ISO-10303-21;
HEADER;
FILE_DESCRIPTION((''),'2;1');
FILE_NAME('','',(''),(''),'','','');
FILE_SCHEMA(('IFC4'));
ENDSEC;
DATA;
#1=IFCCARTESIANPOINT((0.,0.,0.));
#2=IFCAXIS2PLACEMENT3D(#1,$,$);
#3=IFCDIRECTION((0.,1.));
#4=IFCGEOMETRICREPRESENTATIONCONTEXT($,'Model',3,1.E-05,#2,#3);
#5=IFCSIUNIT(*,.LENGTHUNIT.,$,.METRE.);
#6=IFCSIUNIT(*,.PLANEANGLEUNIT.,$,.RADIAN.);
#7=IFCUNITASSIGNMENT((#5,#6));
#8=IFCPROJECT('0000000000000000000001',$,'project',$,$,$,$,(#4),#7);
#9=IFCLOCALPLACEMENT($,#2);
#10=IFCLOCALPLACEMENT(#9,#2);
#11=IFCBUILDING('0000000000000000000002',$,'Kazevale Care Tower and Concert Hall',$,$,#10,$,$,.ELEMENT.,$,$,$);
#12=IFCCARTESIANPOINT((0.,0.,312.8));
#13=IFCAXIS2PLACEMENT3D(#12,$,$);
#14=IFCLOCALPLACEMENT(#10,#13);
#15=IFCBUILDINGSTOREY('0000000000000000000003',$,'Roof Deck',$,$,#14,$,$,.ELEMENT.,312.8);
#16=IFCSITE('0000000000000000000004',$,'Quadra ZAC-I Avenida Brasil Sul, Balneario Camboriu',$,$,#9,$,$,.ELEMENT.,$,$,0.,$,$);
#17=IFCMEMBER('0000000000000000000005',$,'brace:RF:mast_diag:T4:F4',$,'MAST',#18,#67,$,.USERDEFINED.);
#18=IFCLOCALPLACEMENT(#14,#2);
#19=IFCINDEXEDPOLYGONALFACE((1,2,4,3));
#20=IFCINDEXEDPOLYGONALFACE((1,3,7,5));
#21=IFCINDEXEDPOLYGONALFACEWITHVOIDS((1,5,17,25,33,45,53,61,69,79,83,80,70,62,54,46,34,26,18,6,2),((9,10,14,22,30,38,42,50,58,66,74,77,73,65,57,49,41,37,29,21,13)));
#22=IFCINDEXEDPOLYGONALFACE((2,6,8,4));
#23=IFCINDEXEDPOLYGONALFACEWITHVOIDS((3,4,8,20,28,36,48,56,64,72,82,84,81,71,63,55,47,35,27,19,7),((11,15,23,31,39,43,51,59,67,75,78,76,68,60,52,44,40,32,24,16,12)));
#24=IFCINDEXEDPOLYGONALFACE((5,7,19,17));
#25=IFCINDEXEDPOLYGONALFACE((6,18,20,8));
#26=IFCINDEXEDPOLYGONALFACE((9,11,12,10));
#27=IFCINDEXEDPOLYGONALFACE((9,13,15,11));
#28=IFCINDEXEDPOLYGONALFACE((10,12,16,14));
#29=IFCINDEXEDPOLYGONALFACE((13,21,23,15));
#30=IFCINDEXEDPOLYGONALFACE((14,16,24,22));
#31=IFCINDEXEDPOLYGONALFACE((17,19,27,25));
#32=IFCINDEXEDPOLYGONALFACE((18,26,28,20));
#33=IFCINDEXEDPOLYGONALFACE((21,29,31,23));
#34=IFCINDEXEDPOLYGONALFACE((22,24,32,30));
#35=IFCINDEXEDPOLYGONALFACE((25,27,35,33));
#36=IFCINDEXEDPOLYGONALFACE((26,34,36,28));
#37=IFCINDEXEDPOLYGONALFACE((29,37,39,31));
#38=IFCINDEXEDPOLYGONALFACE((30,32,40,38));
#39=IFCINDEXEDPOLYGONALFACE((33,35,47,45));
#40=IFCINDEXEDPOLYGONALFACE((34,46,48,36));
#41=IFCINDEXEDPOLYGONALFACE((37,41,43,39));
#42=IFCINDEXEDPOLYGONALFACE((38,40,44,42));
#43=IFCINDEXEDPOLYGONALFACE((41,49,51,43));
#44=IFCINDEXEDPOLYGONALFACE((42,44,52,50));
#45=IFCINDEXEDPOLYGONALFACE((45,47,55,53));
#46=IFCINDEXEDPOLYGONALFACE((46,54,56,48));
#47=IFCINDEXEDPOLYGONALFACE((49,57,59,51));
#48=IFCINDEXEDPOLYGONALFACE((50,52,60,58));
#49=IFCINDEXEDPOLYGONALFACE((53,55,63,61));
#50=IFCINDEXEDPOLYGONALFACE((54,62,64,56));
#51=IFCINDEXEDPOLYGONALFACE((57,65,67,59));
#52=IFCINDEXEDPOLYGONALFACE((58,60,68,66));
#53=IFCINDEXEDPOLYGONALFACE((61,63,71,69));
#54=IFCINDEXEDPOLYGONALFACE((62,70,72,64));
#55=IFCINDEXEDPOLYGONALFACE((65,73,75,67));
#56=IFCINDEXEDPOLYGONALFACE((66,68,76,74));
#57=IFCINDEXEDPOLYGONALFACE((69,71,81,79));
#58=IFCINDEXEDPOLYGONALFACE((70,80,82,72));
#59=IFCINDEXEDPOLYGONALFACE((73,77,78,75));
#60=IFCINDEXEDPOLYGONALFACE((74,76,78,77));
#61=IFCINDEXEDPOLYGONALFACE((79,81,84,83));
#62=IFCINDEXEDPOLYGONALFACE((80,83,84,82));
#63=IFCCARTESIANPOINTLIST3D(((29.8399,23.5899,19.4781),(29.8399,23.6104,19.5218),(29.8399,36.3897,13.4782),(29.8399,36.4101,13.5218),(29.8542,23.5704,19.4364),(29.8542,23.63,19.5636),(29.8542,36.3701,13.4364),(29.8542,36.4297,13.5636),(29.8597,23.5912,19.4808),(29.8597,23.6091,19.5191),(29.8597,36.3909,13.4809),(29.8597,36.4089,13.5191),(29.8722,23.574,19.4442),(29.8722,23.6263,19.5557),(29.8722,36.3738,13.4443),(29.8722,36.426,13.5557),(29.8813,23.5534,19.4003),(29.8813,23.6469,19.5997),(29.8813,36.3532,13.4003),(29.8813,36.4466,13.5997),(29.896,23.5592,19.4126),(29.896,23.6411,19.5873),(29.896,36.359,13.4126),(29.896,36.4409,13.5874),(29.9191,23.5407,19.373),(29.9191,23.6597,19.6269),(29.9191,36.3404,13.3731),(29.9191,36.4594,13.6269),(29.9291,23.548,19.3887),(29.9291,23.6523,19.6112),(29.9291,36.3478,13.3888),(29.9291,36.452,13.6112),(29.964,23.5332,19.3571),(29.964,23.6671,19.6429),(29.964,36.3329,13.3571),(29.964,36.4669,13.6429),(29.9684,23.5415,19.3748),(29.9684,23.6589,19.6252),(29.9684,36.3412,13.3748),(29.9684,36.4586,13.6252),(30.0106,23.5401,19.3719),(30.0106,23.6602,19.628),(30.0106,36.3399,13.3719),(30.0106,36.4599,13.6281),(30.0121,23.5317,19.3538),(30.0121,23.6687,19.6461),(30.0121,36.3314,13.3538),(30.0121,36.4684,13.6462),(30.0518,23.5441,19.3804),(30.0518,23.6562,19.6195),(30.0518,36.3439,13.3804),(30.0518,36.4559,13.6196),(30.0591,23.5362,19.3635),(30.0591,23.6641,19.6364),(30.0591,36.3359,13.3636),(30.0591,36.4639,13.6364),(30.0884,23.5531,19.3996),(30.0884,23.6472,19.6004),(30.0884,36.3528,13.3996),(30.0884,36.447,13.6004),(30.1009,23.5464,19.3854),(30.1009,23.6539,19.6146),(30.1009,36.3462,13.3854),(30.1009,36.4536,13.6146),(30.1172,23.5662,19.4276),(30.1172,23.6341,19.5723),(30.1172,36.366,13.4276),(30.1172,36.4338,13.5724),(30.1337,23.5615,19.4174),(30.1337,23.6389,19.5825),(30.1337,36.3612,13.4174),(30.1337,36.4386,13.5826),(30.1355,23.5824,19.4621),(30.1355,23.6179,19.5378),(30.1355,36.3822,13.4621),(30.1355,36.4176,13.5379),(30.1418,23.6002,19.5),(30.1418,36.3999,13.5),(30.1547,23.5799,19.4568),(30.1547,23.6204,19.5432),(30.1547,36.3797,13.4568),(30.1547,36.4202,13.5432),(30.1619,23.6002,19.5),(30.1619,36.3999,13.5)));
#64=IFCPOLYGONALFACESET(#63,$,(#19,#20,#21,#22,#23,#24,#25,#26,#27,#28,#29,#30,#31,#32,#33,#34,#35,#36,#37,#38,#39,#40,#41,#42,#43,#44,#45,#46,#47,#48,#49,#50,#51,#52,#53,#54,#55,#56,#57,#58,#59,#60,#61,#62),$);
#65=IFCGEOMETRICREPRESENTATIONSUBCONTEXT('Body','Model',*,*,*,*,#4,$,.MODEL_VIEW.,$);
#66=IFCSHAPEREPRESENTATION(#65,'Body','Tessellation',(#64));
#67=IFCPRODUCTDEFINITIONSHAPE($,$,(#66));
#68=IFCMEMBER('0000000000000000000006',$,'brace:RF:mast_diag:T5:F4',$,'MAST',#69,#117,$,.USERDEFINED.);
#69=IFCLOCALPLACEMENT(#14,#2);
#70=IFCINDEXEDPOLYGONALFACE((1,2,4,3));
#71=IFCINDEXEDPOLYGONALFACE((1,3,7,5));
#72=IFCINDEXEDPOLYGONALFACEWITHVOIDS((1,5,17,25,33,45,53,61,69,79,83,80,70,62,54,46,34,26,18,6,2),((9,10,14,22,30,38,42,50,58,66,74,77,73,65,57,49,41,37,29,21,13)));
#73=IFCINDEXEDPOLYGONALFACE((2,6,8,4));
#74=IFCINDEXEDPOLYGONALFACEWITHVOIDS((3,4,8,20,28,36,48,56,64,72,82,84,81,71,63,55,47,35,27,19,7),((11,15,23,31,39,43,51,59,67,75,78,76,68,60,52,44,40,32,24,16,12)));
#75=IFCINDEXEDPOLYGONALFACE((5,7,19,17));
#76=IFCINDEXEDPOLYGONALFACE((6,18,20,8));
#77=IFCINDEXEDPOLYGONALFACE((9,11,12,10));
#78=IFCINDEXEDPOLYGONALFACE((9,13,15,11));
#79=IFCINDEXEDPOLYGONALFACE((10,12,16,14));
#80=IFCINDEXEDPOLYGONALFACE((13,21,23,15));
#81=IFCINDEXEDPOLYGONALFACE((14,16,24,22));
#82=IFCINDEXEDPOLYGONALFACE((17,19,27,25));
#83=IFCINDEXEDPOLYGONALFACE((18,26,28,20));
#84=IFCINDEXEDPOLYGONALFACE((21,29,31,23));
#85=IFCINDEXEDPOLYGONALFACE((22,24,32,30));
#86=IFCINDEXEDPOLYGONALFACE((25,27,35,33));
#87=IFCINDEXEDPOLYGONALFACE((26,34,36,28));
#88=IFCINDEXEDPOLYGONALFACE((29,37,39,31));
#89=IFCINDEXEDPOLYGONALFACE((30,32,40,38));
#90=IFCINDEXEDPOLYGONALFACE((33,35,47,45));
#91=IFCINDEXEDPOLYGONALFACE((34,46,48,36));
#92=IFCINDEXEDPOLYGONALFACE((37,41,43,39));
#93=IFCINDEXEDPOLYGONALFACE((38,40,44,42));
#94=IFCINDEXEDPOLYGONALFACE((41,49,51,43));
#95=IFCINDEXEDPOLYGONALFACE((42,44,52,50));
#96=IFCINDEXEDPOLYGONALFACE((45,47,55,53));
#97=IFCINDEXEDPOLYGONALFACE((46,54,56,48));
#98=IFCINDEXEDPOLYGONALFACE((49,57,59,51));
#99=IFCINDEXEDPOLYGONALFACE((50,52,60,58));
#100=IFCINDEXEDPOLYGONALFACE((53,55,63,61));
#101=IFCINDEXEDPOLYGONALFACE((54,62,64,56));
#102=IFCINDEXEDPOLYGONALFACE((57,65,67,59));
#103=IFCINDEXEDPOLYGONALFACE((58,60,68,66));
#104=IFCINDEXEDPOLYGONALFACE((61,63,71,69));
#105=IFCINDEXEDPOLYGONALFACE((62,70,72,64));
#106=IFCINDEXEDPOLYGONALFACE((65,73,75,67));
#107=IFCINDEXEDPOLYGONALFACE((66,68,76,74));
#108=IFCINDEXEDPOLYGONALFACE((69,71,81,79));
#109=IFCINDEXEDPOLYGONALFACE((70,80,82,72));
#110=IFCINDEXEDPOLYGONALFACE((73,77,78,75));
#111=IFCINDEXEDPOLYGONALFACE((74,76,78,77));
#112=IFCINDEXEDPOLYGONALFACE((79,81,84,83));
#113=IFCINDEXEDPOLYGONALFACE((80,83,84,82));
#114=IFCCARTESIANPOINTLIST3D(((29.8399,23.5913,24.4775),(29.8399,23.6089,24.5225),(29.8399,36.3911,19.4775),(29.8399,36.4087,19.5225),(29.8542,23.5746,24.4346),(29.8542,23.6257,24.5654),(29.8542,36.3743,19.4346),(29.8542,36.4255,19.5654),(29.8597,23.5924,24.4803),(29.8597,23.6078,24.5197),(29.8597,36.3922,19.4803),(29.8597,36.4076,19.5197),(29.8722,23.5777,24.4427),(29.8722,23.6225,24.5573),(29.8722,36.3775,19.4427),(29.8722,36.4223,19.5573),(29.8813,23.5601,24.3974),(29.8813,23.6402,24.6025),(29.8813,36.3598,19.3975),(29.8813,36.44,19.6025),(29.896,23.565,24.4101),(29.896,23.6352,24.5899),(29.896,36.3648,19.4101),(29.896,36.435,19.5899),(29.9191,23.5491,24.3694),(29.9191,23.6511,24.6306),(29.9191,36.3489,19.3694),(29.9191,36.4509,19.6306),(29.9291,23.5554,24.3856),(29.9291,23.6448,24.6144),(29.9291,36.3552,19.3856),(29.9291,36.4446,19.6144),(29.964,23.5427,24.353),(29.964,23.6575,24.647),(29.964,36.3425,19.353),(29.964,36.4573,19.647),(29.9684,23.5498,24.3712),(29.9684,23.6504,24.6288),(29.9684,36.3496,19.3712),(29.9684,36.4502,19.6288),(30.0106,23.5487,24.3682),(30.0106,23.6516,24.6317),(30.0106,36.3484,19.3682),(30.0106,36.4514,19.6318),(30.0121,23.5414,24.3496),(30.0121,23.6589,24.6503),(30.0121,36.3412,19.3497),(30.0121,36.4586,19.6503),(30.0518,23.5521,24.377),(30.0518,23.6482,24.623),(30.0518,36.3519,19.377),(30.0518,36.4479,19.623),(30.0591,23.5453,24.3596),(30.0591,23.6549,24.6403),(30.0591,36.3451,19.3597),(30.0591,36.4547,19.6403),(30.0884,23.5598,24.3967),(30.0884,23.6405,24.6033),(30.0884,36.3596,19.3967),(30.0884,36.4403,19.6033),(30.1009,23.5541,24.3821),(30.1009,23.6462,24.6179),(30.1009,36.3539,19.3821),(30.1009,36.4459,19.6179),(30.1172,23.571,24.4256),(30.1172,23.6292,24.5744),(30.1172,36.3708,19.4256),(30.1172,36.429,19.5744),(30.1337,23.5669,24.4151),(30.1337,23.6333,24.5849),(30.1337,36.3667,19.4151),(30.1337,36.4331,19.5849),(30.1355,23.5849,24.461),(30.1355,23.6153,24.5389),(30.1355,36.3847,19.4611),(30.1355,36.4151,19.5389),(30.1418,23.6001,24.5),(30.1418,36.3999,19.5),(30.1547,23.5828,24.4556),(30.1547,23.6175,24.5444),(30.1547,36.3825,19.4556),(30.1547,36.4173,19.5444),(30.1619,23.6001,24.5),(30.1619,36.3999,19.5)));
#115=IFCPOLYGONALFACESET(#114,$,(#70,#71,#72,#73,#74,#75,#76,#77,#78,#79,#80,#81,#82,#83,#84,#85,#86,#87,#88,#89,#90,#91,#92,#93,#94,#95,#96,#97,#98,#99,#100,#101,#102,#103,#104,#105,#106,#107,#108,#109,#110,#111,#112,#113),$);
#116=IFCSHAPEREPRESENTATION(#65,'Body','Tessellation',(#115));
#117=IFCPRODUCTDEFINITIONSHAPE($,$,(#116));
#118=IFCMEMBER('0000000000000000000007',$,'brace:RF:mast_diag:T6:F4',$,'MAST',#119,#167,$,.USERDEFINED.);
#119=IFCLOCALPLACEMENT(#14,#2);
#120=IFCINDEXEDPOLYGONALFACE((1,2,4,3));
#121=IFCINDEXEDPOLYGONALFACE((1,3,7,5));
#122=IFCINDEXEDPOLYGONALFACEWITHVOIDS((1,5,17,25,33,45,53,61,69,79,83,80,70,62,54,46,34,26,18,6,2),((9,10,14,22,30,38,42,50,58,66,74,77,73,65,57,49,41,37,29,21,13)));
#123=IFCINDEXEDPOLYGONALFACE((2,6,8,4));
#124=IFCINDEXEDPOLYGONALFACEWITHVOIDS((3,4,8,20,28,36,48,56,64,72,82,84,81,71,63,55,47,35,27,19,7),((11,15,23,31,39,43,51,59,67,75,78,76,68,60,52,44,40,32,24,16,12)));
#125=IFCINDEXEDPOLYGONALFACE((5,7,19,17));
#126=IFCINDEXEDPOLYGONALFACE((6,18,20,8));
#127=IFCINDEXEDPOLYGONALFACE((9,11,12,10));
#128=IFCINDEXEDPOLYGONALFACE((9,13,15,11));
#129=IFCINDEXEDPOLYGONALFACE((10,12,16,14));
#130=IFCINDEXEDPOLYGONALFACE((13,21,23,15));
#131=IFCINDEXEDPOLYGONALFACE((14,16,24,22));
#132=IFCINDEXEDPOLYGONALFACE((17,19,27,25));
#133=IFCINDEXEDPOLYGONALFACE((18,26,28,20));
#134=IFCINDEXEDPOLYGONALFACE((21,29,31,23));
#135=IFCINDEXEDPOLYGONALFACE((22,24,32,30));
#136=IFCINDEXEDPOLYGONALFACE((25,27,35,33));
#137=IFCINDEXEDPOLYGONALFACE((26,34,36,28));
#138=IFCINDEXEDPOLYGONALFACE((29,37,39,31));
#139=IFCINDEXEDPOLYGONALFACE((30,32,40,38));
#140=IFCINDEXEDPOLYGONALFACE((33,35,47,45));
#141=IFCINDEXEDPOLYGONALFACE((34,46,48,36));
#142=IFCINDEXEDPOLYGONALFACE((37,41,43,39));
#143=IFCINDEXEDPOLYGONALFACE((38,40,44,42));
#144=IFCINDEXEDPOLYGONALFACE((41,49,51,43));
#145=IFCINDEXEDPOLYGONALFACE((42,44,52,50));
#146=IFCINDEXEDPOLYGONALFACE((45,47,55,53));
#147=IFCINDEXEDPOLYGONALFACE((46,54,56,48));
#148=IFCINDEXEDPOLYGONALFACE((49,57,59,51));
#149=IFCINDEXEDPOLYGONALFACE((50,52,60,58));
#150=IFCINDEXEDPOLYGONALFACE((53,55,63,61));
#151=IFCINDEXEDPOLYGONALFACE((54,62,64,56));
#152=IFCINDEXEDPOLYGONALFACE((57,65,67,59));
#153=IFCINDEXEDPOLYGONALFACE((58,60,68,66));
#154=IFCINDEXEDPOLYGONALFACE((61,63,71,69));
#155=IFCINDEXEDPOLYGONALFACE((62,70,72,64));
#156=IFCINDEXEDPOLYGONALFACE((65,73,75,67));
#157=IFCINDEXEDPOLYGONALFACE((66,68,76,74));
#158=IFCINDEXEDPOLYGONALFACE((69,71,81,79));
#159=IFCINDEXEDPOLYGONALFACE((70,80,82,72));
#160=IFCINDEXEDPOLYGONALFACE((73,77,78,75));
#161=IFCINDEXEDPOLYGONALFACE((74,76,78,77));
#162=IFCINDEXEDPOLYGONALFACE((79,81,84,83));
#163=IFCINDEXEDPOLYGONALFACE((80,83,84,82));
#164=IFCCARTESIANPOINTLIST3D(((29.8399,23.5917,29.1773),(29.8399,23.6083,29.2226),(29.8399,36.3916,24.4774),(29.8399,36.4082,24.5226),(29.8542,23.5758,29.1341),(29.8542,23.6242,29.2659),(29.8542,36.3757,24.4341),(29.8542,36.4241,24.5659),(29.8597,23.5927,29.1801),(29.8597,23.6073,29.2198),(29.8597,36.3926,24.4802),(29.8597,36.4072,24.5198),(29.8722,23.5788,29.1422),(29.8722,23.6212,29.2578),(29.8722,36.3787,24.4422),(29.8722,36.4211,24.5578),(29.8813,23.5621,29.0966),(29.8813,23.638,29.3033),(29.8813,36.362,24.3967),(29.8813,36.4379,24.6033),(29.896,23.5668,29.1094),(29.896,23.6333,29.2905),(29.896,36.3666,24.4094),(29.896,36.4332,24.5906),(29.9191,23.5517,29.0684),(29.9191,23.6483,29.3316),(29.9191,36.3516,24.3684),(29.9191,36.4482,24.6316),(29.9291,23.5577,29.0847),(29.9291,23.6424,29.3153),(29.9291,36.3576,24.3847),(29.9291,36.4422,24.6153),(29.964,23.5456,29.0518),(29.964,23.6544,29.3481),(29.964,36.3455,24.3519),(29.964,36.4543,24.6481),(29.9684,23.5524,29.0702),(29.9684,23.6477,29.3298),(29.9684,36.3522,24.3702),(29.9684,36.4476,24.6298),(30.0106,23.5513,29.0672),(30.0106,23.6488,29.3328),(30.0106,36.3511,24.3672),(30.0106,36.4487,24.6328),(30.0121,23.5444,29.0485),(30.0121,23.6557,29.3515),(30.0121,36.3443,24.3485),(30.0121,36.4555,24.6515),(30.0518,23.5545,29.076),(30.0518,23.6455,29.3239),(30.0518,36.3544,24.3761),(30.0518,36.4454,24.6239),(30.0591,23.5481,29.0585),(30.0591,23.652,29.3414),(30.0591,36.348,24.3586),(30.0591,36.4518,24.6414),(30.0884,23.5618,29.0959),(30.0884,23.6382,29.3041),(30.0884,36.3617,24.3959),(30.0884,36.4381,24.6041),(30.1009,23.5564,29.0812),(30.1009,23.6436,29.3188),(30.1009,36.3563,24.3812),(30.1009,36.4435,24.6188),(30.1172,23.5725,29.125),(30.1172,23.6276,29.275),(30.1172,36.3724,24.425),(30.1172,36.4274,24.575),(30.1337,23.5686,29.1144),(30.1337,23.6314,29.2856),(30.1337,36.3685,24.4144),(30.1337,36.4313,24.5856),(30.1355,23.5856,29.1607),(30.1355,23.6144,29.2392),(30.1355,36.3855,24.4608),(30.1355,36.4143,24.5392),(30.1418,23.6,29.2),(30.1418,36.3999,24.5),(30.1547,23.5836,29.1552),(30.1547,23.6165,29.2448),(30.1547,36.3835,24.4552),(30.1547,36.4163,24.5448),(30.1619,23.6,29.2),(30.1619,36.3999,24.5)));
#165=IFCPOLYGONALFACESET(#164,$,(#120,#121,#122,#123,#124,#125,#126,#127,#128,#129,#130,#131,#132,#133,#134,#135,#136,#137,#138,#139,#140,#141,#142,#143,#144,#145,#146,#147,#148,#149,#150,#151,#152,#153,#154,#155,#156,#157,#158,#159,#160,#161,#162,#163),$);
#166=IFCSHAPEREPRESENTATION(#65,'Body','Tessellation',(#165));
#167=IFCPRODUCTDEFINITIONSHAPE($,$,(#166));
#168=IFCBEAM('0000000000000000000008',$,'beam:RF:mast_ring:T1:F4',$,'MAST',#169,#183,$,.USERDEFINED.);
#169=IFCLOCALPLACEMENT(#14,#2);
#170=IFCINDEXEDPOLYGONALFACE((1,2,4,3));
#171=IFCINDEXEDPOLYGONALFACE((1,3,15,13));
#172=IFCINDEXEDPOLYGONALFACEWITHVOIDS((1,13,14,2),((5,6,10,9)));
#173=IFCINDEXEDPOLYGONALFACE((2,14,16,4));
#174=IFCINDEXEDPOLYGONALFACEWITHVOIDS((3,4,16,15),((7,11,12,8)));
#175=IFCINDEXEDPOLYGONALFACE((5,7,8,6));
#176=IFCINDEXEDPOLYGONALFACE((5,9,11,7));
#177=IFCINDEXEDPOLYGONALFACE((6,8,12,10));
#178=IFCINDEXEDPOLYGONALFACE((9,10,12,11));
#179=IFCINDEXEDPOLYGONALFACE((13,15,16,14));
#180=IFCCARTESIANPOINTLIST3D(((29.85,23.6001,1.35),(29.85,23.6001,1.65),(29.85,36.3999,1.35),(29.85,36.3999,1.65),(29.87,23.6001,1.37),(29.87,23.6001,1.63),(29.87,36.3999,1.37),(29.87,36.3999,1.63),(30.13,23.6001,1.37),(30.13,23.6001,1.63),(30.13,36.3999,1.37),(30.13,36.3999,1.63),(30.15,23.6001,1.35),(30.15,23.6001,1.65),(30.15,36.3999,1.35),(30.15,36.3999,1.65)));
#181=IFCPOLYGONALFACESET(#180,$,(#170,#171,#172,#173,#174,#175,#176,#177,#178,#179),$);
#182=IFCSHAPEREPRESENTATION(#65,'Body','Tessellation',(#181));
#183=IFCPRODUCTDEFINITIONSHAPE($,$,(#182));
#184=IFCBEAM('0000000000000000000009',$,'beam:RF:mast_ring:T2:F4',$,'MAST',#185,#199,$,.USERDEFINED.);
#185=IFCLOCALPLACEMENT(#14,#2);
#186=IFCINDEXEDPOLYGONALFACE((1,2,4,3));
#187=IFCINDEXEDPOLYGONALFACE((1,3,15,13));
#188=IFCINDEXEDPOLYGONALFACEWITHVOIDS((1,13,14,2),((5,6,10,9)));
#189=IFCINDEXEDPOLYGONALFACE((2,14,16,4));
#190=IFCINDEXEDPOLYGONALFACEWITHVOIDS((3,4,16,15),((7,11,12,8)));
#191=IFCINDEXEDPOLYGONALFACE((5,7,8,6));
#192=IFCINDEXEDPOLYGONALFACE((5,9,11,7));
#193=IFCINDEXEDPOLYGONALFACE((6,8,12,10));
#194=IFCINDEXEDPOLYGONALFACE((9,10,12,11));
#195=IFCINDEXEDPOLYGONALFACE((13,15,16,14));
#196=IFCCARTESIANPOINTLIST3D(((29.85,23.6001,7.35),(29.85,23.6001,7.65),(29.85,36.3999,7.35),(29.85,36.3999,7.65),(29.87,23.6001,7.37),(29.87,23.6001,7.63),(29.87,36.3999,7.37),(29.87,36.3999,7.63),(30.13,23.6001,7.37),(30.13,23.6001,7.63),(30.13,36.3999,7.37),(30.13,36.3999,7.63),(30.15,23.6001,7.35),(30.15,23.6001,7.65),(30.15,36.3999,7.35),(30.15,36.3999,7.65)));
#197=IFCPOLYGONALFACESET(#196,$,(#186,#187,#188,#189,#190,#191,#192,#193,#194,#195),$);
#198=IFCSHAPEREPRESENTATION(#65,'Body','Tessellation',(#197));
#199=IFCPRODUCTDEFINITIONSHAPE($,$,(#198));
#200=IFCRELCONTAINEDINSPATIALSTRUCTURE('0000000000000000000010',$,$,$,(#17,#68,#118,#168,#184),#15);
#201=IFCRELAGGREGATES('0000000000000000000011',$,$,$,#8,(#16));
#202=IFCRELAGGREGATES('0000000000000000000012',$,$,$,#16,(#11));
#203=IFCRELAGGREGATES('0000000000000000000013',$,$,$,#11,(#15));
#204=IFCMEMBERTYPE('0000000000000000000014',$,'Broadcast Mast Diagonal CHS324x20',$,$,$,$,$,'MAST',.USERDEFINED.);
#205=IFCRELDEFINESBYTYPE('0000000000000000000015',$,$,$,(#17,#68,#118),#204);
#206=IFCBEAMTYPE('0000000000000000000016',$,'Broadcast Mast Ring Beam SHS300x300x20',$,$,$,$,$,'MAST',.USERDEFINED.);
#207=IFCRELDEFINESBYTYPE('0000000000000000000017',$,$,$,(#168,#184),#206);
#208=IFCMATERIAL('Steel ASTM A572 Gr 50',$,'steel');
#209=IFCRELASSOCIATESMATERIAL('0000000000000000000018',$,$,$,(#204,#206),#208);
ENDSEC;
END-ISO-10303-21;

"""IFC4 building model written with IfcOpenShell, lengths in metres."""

from ifc_helpers import new_model, si_unit, direction, frame, origin, origin_2d, place, context, subcontext, project, spatial, hollow_rectangle, hollow_circle, extrude, material, material_profile, profile_set, type_object, element, save


model = new_model("IFC4")

# Units and contexts
model_context = context("Model", 3, precision=1e-05, world=origin(), true_north=direction((0.0, 1.0)))
body_context = subcontext(model_context, "Body", "Model", "MODEL_VIEW")
ifc_project = project(units=[si_unit("LENGTHUNIT", "METRE"), si_unit("PLANEANGLEUNIT", "RADIAN")], contexts=[model_context])

# Site, building, storey
site_placement = place(None, origin())
site = spatial("IfcSite", under=ifc_project, at=site_placement, Name="Quadra ZAC-I Avenida Brasil Sul, Balneario Camboriu", CompositionType="ELEMENT", RefElevation=0.0)
building_placement = place(site_placement, origin())
building = spatial("IfcBuilding", under=site, at=building_placement, Name="Kazevale Care Tower and Concert Hall", CompositionType="ELEMENT")
storey_placement = place(building_placement, frame((0.0, 0.0, 312.8)))
storey = spatial("IfcBuildingStorey", under=building, at=storey_placement, Name="Roof Deck", CompositionType="ELEMENT", Elevation=312.8)

# Shared definitions
ifc_material_1 = material(Name="Steel ASTM A572 Gr 50", Category="steel")

# Members
ifc_material_profile_1 = material_profile(ifc_material_1, hollow_circle(Radius=0.1619, WallThickness=0.02, at=origin_2d()), Name="CHS324x20")
ifc_profile_set_1 = profile_set([ifc_material_profile_1], Name="Steel ASTM A572 Gr 50")
member_type = type_object("IfcMemberType", Name="Broadcast Mast Diagonal CHS324x20", ElementType="MAST", PredefinedType="USERDEFINED", material=ifc_profile_set_1)
for number, where, z_axis, x_axis, name in (
    (1, (30.0, 36.3999, 13.5), (0.0, -0.905456, 0.424439), (1.0, 0.0, 0.0), "brace:RF:mast_diag:T4:F4"),
):
    element("IfcMember", number, at=place(storey_placement, frame(where, z_axis=z_axis, x_axis=x_axis)), inside=storey, type_object=member_type, Name=name, ObjectType="MAST", PredefinedType="USERDEFINED", context=body_context, shape_type="SweptSolid", body=[
        extrude(hollow_circle(Radius=0.1619, WallThickness=0.02, at=origin_2d()), origin(), (0.0, 0.0, 1.0), 14.1362),
    ])
member_1_placement = place(storey_placement, frame((30.0, 36.3999, 19.5), z_axis=(0.0, -0.931455, 0.363855), x_axis=(1.0, 0.0, 0.0)))
element("IfcMember", 2, at=member_1_placement, inside=storey, type_object=member_type, Name="brace:RF:mast_diag:T5:F4", ObjectType="MAST", PredefinedType="USERDEFINED", context=body_context, shape_type="SweptSolid", body=[
    extrude(hollow_circle(Radius=0.1619, WallThickness=0.02, at=origin_2d()), origin(), (0.0, 0.0, 1.0), 13.7417),
])
member_2_placement = place(storey_placement, frame((30.0, 36.3999, 24.5), z_axis=(0.0, -0.938718, 0.344687), x_axis=(1.0, 0.0, 0.0)))
element("IfcMember", 3, at=member_2_placement, inside=storey, type_object=member_type, Name="brace:RF:mast_diag:T6:F4", ObjectType="MAST", PredefinedType="USERDEFINED", context=body_context, shape_type="SweptSolid", body=[
    extrude(hollow_circle(Radius=0.1619, WallThickness=0.02, at=origin_2d()), origin(), (0.0, 0.0, 1.0), 13.6355),
])

# Beams
ifc_material_profile_2 = material_profile(ifc_material_1, hollow_rectangle(XDim=0.3, YDim=0.3, WallThickness=0.02, at=origin_2d()), Name="SHS300x300x20")
ifc_profile_set_2 = profile_set([ifc_material_profile_2], Name="Steel ASTM A572 Gr 50")
beam_type = type_object("IfcBeamType", Name="Broadcast Mast Ring Beam SHS300x300x20", ElementType="MAST", PredefinedType="USERDEFINED", material=ifc_profile_set_2)
for number, where, z_axis, x_axis, name in (
    (4, (30.0, 36.3999, 1.5), (0.0, -1.0, 0.0), (1.0, 0.0, 0.0), "beam:RF:mast_ring:T1:F4"),
    (5, (30.0, 36.3999, 7.5), (0.0, -1.0, 0.0), (1.0, 0.0, 0.0), "beam:RF:mast_ring:T2:F4"),
):
    element("IfcBeam", number, at=place(storey_placement, frame(where, z_axis=z_axis, x_axis=x_axis)), inside=storey, type_object=beam_type, Name=name, ObjectType="MAST", PredefinedType="USERDEFINED", context=body_context, shape_type="SweptSolid", body=[
        extrude(hollow_rectangle(XDim=0.3, YDim=0.3, WallThickness=0.02, at=origin_2d()), origin(), (0.0, 0.0, 1.0), 12.7998),
    ])

save(model, "model.ifc")
